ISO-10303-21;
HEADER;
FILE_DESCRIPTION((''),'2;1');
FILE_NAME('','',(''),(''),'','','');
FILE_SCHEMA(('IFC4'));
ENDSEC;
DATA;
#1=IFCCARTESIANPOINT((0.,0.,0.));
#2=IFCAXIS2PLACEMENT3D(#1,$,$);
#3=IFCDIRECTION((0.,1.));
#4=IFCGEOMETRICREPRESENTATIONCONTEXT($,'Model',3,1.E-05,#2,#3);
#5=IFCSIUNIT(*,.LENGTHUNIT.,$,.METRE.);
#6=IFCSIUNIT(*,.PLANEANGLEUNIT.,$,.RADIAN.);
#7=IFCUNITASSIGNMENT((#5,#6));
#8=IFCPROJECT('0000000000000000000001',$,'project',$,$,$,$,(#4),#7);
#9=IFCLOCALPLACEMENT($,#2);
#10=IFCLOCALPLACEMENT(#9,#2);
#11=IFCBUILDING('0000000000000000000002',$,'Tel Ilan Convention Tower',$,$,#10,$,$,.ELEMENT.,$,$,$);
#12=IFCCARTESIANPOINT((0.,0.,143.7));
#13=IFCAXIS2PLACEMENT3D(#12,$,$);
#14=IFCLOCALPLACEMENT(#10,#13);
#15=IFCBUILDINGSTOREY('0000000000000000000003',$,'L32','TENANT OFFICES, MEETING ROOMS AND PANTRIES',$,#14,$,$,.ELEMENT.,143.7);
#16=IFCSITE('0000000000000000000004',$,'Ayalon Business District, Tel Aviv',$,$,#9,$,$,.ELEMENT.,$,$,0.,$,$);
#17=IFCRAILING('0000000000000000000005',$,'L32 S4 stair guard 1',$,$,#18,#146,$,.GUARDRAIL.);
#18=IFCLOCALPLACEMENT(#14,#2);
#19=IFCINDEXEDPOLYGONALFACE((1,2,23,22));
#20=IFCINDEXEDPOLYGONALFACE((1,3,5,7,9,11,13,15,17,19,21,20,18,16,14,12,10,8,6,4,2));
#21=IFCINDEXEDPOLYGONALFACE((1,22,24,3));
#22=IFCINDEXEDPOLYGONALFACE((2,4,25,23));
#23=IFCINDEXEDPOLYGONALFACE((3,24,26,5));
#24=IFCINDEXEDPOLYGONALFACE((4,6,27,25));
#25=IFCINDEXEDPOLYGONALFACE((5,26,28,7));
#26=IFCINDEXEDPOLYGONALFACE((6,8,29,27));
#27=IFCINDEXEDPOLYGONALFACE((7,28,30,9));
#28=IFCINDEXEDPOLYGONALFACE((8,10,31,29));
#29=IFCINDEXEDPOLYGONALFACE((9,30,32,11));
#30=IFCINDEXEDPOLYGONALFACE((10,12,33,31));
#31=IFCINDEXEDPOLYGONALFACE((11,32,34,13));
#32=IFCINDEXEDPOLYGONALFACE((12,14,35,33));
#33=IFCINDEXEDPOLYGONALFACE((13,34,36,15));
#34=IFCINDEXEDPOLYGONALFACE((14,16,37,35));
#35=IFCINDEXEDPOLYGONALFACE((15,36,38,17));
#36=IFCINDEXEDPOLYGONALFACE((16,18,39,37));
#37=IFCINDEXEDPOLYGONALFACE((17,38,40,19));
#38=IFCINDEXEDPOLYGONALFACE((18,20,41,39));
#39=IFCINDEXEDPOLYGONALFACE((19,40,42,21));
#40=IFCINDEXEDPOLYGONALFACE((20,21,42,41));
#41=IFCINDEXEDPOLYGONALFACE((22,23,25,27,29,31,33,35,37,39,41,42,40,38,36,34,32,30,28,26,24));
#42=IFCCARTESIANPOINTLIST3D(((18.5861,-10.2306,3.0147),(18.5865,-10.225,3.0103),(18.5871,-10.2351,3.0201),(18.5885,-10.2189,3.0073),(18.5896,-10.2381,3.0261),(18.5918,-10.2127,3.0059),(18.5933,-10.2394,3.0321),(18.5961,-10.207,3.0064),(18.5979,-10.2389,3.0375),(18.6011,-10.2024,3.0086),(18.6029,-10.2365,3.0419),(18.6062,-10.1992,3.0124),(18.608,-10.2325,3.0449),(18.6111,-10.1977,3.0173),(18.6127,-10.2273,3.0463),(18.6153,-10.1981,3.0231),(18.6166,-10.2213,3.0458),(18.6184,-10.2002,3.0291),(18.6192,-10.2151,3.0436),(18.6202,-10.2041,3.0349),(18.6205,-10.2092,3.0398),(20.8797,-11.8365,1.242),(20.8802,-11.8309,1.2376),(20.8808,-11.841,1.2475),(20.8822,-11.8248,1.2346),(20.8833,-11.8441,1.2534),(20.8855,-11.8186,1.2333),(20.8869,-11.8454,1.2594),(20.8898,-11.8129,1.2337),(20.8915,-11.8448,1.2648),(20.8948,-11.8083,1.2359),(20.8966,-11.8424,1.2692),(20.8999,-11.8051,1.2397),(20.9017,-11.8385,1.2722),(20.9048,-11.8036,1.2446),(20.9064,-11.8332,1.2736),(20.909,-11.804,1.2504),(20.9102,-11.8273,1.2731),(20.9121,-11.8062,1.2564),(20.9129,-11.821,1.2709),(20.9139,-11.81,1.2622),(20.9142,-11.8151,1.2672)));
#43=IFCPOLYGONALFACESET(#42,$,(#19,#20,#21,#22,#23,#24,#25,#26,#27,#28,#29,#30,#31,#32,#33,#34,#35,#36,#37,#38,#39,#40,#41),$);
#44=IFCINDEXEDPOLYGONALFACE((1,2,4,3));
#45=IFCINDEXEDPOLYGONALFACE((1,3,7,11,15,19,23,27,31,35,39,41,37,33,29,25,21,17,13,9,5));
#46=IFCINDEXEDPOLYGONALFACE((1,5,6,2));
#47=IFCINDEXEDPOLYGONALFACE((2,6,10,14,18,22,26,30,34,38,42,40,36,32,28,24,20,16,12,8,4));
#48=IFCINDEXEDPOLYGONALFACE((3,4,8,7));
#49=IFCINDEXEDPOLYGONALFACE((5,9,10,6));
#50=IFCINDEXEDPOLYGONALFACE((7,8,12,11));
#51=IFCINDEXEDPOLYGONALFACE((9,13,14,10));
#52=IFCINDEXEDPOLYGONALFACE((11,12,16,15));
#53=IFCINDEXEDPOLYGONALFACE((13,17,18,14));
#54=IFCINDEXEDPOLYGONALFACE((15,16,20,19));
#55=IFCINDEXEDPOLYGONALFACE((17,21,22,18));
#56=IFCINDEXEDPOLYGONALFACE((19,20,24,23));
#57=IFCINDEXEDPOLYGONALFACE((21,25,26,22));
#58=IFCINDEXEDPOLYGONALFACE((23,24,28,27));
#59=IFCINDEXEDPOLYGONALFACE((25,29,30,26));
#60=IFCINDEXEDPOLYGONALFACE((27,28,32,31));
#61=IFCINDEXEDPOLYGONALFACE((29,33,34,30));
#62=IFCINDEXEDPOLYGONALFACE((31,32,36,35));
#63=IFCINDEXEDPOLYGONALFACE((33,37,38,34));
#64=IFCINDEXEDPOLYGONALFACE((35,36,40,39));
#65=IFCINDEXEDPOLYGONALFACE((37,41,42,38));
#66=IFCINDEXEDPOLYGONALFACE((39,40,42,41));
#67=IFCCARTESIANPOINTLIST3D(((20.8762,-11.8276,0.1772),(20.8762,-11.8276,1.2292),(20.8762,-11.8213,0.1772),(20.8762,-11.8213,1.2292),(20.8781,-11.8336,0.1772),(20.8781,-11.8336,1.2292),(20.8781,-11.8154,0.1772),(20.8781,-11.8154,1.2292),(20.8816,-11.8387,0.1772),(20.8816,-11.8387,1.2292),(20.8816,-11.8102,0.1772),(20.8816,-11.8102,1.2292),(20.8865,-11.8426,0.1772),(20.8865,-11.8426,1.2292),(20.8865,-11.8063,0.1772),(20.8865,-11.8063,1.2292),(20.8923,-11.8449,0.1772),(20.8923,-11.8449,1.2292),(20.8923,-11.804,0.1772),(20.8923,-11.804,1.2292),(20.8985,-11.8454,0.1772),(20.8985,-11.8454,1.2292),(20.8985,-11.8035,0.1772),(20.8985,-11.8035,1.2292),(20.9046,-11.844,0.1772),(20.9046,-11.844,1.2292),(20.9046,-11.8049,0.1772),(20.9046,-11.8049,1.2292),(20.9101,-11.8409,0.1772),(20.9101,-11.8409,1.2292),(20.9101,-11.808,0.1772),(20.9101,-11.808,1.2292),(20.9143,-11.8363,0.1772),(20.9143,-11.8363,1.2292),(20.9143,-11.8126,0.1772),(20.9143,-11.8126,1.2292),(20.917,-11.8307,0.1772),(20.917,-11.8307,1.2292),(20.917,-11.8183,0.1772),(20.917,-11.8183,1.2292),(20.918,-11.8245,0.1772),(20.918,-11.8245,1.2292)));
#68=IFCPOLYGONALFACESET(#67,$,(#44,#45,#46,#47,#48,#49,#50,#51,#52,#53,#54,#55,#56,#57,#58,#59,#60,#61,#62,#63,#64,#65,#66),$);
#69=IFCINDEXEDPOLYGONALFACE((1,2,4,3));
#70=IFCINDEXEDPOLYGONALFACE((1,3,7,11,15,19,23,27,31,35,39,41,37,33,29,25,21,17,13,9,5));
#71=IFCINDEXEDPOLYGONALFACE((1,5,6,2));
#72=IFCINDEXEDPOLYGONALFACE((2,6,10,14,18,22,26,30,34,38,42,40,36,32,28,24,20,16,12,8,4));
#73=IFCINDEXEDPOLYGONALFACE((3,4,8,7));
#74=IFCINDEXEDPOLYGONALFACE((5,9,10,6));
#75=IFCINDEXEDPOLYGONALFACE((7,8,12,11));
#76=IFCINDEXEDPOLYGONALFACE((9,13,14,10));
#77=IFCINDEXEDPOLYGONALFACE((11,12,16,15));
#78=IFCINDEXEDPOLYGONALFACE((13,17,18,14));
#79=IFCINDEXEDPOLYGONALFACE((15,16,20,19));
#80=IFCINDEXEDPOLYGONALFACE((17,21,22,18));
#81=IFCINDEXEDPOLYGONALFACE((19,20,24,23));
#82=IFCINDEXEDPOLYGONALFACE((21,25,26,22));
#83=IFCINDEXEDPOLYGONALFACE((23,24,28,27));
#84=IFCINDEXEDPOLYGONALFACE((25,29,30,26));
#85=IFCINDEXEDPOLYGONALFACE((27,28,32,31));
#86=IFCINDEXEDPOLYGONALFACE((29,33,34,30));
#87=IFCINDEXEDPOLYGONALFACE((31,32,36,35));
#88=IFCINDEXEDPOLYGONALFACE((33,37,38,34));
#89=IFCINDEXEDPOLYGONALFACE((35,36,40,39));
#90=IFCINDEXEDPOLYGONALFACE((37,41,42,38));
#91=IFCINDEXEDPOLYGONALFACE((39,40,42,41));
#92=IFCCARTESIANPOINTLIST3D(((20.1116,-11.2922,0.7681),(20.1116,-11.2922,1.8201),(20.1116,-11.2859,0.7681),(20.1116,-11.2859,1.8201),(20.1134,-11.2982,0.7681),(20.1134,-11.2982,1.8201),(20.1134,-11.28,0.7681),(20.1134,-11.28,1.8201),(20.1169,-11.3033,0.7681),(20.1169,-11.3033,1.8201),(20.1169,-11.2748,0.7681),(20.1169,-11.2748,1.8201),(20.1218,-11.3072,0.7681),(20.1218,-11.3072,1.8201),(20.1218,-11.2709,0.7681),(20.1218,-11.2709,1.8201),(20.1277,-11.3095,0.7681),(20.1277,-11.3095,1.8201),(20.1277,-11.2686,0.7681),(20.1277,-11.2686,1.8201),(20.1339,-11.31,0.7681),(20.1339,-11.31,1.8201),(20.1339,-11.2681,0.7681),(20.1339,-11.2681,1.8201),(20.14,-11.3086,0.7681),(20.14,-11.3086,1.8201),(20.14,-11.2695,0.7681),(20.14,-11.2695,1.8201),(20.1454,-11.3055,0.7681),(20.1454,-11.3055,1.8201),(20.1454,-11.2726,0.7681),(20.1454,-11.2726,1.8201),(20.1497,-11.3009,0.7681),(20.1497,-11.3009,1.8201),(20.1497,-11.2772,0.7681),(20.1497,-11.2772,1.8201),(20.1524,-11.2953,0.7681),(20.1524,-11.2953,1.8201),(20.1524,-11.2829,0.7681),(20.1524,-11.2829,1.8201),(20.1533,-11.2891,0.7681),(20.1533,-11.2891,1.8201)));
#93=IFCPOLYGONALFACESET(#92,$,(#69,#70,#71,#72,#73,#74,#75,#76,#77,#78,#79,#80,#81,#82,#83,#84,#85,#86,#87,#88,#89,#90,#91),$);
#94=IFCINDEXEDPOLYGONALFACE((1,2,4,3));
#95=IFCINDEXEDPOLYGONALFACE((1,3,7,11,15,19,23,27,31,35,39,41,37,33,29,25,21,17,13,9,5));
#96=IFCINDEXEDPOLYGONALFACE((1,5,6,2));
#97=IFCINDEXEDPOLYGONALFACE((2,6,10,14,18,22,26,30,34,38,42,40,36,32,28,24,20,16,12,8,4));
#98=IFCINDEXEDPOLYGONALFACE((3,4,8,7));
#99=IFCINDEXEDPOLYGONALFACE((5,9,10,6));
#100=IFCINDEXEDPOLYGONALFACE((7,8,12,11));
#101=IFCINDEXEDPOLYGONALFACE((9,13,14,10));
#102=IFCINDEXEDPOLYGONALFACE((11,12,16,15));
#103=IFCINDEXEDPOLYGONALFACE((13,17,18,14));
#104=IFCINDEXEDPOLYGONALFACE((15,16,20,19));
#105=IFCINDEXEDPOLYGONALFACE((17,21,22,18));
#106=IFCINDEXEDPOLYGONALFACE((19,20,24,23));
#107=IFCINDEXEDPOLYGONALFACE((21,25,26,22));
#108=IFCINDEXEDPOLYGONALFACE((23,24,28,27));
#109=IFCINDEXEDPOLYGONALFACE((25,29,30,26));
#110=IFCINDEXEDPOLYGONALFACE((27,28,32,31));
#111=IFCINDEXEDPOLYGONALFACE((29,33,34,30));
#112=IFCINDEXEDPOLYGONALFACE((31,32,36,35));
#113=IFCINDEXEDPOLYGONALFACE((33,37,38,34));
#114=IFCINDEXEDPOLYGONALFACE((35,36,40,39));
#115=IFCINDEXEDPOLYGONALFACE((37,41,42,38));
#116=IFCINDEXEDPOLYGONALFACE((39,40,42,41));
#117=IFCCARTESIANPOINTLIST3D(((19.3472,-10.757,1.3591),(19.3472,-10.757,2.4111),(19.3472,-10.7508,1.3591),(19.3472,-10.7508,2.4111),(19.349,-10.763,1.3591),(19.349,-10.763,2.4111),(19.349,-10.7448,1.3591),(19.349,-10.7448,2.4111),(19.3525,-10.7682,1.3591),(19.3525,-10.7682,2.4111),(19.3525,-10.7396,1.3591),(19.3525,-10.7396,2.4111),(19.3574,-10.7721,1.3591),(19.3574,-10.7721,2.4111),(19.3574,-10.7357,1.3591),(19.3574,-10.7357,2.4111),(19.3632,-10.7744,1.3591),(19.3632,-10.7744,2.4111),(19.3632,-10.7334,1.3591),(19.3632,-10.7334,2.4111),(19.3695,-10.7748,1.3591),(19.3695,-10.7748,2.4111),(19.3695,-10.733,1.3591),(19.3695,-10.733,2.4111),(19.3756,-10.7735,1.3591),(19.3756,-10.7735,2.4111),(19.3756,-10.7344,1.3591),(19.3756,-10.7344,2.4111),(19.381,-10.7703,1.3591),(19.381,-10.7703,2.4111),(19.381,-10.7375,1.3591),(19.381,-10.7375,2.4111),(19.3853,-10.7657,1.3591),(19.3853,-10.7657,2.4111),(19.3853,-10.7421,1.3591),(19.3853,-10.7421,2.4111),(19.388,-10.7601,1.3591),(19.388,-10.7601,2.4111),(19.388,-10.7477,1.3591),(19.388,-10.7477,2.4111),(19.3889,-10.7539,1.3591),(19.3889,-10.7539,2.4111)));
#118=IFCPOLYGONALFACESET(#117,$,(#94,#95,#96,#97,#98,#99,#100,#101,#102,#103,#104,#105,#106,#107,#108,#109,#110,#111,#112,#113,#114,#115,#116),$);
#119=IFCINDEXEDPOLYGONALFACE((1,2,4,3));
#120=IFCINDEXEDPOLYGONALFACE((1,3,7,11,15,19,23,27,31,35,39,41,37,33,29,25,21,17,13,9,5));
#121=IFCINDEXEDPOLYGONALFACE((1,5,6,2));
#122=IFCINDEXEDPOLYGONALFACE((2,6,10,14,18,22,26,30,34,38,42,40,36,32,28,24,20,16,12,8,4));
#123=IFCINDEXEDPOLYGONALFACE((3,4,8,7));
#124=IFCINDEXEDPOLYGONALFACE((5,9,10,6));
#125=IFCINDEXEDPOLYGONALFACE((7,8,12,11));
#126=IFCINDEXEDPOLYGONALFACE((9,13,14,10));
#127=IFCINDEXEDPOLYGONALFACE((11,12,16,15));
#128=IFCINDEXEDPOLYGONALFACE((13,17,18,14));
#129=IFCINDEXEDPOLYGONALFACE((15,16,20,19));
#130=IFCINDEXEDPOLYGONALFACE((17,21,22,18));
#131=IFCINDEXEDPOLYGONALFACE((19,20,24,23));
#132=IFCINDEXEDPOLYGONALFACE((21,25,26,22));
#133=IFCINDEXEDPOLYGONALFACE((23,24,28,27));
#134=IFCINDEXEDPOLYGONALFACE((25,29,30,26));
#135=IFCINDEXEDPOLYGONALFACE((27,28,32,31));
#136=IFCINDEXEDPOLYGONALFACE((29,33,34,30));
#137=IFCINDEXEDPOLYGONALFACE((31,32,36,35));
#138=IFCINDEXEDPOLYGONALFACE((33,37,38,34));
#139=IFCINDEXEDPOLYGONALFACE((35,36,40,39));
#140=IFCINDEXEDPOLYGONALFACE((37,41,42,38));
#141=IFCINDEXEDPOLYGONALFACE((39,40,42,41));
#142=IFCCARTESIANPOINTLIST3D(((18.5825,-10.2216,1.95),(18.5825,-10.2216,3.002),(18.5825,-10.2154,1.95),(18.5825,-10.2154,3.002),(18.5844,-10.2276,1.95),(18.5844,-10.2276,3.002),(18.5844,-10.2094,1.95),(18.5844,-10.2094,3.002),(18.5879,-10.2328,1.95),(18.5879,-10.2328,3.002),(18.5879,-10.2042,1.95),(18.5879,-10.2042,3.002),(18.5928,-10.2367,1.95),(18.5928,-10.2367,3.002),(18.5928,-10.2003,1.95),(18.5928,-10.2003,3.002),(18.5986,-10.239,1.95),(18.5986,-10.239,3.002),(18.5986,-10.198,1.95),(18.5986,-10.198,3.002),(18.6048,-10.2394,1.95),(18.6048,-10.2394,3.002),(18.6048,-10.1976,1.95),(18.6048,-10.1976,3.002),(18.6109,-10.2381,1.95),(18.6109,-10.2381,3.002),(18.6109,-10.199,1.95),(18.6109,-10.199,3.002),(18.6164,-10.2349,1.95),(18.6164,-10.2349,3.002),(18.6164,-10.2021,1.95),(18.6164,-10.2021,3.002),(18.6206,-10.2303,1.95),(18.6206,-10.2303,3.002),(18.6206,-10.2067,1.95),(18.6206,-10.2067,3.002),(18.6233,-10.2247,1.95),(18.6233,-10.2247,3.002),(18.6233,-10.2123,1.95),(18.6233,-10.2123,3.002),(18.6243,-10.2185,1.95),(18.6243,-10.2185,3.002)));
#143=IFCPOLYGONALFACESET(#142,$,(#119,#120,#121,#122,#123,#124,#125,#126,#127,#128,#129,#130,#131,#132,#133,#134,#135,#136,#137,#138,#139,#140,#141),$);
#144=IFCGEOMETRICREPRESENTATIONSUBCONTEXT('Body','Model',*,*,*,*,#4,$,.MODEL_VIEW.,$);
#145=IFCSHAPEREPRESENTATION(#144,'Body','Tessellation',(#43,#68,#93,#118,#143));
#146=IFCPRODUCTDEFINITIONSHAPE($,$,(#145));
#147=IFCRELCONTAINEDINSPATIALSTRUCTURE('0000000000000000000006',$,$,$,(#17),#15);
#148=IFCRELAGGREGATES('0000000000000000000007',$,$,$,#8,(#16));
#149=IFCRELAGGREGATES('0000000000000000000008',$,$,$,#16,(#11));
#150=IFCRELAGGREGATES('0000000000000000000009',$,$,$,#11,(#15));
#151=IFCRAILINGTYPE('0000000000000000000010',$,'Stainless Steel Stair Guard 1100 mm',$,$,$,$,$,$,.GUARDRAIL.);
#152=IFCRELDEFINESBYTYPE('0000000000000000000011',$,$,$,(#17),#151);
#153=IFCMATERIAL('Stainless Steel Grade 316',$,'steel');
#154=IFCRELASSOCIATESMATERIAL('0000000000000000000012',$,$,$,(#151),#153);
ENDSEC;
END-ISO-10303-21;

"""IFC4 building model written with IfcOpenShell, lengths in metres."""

from ifc_helpers import new_model, si_unit, direction, frame, origin, origin_2d, place, context, subcontext, project, spatial, circle, extrude, material, type_object, element, save


model = new_model("IFC4")

# Units and contexts
model_context = context("Model", 3, precision=1e-05, world=origin(), true_north=direction((0.0, 1.0)))
body_context = subcontext(model_context, "Body", "Model", "MODEL_VIEW")
ifc_project = project(units=[si_unit("LENGTHUNIT", "METRE"), si_unit("PLANEANGLEUNIT", "RADIAN")], contexts=[model_context])

# Site, building, storey
site_placement = place(None, origin())
site = spatial("IfcSite", under=ifc_project, at=site_placement, Name="Ayalon Business District, Tel Aviv", CompositionType="ELEMENT", RefElevation=0.0)
building_placement = place(site_placement, origin())
building = spatial("IfcBuilding", under=site, at=building_placement, Name="Tel Ilan Convention Tower", CompositionType="ELEMENT")
storey_placement = place(building_placement, frame((0.0, 0.0, 143.7)))
storey = spatial("IfcBuildingStorey", under=building, at=storey_placement, Name="L32", Description="TENANT OFFICES, MEETING ROOMS AND PANTRIES", CompositionType="ELEMENT", Elevation=143.7)

# Railing
ifc_material_1 = material(Name="Stainless Steel Grade 316", Category="steel")
railing_type_1 = type_object("IfcRailingType", Name="Stainless Steel Stair Guard 1100 mm", PredefinedType="GUARDRAIL", material=ifc_material_1)
railing_1_placement = place(storey_placement, frame((20.897, -11.8245, 0.1772)))
element("IfcRailing", 1, at=railing_1_placement, inside=storey, type_object=railing_type_1, Name="L32 S4 stair guard 1", PredefinedType="GUARDRAIL", context=body_context, shape_type="SweptSolid", body=[
    extrude(circle(Radius=0.0239, at=origin_2d()), frame((0.0, 0.0, 1.0762), z_axis=(-0.692123, 0.484597, 0.534913), x_axis=(-0.57355, -0.81917, 0.0)), (0.0, 0.0, 1.0), 3.314),
    extrude(circle(Radius=0.021, at=origin_2d()), origin(), (0.0, 0.0, 1.0), 1.052),
    extrude(circle(Radius=0.021, at=origin_2d()), frame((-0.7646, 0.5354, 0.5908)), (0.0, 0.0, 1.0), 1.052),
    extrude(circle(Radius=0.021, at=origin_2d()), frame((-1.5291, 1.0706, 1.1819)), (0.0, 0.0, 1.0), 1.052),
    extrude(circle(Radius=0.021, at=origin_2d()), frame((-2.2937, 1.606, 1.7727)), (0.0, 0.0, 1.0), 1.052),
])

save(model, "model.ifc")
